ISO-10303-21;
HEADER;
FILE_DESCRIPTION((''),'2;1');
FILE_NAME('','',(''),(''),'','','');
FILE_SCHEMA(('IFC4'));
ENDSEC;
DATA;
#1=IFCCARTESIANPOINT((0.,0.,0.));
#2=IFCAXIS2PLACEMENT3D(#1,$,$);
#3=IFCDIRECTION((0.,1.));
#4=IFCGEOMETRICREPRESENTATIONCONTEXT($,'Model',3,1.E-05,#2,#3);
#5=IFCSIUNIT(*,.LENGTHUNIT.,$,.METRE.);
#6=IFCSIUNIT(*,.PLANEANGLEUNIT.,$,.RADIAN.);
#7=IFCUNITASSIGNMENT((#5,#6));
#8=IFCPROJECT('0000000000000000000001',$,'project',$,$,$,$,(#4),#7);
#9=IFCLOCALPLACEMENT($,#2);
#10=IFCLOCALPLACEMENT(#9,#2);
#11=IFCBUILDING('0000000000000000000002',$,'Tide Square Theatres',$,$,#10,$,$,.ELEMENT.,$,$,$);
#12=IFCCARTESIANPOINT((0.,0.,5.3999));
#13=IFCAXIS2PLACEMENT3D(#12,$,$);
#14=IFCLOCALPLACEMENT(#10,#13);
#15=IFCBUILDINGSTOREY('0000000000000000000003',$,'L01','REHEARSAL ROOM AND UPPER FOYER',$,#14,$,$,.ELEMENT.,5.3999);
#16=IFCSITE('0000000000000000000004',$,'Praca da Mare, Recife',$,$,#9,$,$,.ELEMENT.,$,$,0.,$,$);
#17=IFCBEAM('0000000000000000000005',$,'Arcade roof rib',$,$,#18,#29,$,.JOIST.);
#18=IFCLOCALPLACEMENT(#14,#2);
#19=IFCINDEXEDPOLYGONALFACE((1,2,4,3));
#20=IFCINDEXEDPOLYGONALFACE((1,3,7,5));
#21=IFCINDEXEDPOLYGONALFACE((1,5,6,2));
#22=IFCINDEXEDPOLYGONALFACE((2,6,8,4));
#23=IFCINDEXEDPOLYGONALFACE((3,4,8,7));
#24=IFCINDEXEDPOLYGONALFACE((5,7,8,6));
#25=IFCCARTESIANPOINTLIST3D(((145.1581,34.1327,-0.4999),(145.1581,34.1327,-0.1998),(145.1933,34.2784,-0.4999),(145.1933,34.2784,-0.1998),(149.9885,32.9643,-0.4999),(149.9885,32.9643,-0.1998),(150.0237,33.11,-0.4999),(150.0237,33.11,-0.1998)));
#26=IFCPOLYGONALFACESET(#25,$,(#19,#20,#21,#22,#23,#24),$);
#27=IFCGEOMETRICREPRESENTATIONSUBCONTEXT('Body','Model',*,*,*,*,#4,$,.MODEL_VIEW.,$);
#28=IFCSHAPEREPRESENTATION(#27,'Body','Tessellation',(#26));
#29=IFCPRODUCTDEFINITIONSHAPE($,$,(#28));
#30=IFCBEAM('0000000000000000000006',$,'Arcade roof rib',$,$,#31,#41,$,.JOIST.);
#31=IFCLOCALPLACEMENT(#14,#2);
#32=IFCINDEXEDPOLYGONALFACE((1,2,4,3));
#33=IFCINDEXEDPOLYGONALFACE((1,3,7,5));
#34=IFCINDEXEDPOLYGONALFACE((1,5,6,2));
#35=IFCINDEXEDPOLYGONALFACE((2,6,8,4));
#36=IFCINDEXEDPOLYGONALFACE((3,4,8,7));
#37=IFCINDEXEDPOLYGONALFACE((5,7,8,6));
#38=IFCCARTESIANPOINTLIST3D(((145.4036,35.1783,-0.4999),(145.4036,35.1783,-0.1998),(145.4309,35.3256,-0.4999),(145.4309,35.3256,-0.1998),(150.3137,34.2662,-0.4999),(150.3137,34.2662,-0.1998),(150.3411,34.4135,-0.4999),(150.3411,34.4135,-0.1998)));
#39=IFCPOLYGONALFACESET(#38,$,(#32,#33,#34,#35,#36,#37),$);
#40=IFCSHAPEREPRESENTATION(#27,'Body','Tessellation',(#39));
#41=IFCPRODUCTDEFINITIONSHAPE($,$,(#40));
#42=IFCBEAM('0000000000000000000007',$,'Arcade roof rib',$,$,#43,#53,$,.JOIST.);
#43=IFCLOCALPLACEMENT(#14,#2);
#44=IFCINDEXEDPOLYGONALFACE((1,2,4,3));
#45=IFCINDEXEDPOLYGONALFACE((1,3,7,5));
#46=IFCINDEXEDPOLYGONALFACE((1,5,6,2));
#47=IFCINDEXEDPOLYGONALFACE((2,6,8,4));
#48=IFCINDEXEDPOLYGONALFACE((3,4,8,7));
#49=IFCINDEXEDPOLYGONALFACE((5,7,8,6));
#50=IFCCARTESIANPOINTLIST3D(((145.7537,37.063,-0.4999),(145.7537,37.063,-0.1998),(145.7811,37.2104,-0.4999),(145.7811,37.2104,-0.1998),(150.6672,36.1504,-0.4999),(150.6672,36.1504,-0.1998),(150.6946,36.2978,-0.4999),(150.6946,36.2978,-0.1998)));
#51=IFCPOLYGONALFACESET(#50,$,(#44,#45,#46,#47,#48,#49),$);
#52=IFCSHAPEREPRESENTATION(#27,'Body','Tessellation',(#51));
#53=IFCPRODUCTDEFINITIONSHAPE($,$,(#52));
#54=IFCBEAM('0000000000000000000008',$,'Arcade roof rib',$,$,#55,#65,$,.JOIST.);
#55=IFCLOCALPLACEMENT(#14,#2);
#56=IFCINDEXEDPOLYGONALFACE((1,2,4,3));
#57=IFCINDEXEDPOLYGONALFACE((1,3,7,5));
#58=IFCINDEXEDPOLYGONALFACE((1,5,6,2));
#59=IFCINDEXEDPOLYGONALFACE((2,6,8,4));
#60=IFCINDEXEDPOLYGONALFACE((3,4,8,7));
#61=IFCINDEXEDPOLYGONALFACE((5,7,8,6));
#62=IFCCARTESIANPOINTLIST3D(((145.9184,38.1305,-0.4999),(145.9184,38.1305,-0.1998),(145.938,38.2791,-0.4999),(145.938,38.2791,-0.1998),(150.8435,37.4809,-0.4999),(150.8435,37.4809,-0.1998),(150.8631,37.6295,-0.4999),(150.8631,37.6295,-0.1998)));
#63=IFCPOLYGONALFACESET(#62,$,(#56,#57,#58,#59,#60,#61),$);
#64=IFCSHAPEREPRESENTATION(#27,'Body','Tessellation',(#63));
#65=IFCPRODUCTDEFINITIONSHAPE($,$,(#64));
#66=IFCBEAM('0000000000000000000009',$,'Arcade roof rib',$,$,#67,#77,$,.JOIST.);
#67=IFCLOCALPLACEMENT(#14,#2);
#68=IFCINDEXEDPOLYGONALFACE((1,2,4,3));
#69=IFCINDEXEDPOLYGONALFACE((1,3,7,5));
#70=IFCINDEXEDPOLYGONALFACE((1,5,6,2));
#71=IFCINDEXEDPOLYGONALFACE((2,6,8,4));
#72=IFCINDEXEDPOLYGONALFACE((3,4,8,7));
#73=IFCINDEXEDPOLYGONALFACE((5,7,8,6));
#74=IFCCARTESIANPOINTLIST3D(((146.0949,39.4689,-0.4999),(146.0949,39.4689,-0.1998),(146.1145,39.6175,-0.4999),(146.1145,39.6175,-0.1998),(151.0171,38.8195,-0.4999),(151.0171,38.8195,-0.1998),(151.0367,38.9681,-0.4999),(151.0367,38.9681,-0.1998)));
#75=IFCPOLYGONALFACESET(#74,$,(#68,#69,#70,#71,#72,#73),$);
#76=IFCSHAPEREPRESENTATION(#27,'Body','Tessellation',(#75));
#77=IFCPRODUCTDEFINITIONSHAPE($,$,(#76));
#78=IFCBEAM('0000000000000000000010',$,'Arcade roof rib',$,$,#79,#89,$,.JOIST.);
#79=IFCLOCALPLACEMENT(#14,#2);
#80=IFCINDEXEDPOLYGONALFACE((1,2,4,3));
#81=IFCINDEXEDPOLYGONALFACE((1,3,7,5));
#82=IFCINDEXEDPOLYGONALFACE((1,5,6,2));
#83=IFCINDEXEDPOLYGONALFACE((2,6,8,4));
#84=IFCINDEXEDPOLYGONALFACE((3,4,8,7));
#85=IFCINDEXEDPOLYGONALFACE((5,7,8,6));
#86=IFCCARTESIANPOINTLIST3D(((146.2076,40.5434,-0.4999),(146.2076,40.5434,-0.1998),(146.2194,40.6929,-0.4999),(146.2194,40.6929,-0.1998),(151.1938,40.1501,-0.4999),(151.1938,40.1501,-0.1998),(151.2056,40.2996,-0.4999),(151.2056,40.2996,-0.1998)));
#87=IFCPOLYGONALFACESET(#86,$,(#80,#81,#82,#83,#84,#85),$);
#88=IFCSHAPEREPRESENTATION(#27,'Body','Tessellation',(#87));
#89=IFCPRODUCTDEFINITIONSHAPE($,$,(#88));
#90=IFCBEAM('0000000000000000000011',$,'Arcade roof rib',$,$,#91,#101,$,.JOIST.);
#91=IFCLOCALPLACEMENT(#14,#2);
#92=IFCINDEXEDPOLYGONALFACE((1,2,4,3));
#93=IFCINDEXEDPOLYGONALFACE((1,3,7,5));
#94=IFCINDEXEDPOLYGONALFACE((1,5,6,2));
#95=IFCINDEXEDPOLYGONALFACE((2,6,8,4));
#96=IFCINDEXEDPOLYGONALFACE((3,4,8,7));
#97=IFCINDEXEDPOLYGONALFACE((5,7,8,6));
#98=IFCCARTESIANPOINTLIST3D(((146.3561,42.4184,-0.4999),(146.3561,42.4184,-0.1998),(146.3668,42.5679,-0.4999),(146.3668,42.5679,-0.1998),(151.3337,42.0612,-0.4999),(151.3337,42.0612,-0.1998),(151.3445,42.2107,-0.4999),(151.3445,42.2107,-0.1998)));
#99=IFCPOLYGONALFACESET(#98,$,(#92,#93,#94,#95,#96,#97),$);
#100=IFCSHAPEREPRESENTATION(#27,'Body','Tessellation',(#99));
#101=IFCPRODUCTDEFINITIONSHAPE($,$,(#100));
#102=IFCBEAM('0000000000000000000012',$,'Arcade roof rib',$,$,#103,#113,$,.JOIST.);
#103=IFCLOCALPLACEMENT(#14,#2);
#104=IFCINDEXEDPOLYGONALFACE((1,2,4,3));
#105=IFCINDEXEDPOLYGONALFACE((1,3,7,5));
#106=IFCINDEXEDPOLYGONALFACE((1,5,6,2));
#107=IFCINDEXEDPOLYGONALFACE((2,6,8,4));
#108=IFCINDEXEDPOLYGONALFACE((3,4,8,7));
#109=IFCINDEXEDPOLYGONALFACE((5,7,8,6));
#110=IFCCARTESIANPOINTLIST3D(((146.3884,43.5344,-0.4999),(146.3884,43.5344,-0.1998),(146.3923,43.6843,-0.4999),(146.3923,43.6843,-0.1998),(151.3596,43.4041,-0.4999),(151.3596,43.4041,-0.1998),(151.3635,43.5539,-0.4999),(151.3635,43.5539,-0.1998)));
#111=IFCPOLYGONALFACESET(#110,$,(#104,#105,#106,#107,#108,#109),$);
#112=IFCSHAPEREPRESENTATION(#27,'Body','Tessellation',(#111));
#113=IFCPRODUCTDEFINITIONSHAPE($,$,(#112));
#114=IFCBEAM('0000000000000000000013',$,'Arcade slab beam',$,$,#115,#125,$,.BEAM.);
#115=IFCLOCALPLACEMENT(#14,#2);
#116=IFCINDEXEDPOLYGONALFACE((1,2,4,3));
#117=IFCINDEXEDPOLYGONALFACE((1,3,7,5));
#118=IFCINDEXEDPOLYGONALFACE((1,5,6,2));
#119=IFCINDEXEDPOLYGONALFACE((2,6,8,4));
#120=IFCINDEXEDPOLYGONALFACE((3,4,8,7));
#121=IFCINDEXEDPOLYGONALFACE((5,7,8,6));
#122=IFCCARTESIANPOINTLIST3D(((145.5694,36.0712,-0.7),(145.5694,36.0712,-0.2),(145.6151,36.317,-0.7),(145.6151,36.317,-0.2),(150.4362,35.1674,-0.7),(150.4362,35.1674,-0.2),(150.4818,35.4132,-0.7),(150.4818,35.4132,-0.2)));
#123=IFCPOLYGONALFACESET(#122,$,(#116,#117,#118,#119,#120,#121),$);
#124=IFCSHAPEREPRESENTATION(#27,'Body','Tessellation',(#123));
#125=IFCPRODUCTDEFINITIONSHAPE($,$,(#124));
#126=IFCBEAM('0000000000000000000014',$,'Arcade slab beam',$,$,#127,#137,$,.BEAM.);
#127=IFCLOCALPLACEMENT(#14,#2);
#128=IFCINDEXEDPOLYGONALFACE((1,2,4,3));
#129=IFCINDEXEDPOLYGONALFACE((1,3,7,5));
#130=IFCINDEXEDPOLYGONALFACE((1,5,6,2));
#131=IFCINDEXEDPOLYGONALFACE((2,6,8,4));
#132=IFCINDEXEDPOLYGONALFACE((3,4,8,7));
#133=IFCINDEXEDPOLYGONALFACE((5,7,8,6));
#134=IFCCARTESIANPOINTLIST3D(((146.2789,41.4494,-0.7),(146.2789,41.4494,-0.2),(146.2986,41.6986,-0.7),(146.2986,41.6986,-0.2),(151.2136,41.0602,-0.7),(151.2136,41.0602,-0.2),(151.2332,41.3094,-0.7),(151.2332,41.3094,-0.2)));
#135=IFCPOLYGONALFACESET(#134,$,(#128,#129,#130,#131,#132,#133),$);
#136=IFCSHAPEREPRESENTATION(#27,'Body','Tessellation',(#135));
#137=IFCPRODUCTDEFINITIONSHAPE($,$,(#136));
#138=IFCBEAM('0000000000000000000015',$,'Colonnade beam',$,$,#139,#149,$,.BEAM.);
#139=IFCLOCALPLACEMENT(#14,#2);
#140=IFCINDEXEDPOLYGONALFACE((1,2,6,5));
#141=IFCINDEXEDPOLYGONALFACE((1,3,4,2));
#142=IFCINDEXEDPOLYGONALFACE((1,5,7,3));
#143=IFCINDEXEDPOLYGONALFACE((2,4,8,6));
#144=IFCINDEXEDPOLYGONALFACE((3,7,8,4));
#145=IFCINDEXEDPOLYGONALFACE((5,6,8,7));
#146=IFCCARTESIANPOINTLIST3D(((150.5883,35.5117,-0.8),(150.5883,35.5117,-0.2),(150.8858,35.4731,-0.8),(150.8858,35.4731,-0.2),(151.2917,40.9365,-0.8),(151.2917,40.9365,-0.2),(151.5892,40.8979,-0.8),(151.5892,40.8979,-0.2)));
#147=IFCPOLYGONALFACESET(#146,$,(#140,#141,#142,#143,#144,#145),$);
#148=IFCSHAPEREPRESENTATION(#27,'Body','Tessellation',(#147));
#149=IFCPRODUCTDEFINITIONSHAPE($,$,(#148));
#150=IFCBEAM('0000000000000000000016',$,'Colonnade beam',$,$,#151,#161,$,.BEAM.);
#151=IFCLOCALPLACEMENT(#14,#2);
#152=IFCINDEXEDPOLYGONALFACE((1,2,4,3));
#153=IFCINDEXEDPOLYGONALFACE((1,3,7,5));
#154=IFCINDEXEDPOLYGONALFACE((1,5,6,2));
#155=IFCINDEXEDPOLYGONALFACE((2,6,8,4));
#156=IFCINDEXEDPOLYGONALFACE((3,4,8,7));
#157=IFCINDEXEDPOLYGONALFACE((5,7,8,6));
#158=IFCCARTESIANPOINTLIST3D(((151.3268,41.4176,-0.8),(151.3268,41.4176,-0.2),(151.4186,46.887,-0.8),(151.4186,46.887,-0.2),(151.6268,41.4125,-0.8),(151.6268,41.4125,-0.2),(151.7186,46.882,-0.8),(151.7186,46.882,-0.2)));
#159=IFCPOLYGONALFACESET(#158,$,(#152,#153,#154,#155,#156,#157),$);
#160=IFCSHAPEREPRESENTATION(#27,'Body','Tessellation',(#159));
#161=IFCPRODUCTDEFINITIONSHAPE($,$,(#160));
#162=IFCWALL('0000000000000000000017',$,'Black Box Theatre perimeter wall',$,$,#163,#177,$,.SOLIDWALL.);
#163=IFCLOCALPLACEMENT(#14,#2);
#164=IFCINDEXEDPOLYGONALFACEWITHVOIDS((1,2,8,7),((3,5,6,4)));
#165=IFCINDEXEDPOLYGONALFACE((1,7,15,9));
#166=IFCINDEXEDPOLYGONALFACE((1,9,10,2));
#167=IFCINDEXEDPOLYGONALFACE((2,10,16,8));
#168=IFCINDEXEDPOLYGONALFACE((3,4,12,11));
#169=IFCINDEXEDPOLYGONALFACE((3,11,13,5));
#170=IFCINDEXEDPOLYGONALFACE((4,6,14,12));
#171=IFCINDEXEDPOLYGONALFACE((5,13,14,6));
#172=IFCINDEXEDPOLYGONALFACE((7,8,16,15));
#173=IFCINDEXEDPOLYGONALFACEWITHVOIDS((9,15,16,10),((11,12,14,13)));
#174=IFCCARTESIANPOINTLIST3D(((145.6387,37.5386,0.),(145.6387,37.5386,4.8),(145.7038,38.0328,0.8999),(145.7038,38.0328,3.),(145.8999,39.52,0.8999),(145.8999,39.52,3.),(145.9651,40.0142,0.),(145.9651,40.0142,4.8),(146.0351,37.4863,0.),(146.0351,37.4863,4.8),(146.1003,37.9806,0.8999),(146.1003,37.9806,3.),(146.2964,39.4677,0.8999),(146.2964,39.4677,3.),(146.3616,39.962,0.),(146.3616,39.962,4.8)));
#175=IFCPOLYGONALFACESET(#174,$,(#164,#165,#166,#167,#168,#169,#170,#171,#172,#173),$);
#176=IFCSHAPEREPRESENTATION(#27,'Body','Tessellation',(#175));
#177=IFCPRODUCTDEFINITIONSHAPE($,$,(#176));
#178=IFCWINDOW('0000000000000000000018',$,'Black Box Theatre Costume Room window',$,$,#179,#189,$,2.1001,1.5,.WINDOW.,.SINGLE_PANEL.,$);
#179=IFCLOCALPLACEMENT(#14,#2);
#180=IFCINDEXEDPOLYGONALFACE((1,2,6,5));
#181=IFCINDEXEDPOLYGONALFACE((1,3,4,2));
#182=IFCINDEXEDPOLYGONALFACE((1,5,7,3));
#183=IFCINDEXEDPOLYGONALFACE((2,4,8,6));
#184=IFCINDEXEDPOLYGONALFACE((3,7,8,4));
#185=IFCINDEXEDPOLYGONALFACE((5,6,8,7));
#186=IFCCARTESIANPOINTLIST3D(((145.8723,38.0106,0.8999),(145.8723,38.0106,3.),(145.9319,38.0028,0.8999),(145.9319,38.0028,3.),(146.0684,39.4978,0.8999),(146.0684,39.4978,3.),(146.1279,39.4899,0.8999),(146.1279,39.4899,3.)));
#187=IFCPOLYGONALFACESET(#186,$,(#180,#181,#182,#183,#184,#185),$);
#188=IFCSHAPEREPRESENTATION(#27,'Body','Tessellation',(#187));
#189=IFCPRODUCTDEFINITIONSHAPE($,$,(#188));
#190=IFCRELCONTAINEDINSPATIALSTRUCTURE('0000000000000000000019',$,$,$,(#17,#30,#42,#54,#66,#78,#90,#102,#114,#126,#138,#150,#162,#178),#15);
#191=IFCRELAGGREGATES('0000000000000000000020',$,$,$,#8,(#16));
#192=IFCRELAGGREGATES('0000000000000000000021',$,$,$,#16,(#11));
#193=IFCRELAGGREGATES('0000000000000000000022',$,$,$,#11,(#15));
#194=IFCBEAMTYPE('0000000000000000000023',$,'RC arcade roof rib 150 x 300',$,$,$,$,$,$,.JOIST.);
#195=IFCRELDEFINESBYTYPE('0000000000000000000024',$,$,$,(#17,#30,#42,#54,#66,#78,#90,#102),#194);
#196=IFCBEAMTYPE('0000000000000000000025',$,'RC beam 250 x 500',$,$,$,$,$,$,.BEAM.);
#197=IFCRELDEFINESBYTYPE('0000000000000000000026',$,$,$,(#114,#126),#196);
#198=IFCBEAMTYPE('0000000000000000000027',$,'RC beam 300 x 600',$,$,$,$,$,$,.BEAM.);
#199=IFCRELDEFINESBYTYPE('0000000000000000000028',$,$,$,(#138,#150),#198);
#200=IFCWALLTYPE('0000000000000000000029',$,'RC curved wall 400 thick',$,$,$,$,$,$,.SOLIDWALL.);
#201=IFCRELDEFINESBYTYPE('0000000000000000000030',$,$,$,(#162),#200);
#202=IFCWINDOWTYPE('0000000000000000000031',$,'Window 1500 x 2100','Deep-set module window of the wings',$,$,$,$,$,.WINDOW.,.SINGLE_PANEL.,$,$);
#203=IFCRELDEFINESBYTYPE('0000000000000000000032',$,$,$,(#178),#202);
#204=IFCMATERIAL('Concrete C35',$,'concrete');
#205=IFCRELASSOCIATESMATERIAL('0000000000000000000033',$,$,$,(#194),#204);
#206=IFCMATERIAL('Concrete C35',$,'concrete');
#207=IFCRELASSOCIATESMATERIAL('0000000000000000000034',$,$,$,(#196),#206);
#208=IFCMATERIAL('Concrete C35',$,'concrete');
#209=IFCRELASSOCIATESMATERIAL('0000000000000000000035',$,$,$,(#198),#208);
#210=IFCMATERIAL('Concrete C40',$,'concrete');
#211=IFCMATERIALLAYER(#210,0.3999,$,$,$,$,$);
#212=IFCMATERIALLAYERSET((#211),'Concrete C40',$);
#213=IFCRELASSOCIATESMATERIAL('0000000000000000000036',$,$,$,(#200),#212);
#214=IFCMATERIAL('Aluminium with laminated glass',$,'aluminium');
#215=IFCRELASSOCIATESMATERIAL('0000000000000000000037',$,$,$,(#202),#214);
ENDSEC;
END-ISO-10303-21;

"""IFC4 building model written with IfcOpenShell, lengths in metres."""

from ifc_helpers import new_model, si_unit, direction, frame, frame_2d, origin, origin_2d, place, context, subcontext, project, spatial, rectangle, extrude, material, layer, layer_set, material_profile, profile_set, type_object, element, fill, save


model = new_model("IFC4")

# Units and contexts
model_context = context("Model", 3, precision=1e-05, world=origin(), true_north=direction((0.0, 1.0)))
body_context = subcontext(model_context, "Body", "Model", "MODEL_VIEW")
ifc_project = project(units=[si_unit("LENGTHUNIT", "METRE"), si_unit("PLANEANGLEUNIT", "RADIAN")], contexts=[model_context])

# Site, building, storey
site_placement = place(None, origin())
site = spatial("IfcSite", under=ifc_project, at=site_placement, Name="Praca da Mare, Recife", CompositionType="ELEMENT", RefElevation=0.0)
building_placement = place(site_placement, origin())
building = spatial("IfcBuilding", under=site, at=building_placement, Name="Tide Square Theatres", CompositionType="ELEMENT")
storey_placement = place(building_placement, frame((0.0, 0.0, 5.3999)))
storey = spatial("IfcBuildingStorey", under=building, at=storey_placement, Name="L01", Description="REHEARSAL ROOM AND UPPER FOYER", CompositionType="ELEMENT", Elevation=5.3999)

# Beams
ifc_material_1 = material(Name="Concrete C35", Category="concrete")
ifc_material_profile_1 = material_profile(ifc_material_1, rectangle(XDim=0.1499, YDim=0.3, at=origin_2d()))
ifc_profile_set_1 = profile_set([ifc_material_profile_1], Name="Concrete C35")
beam_type_1 = type_object("IfcBeamType", Name="RC arcade roof rib 150 x 300", PredefinedType="JOIST", material=ifc_profile_set_1)
beam_1_placement = place(storey_placement, frame((150.0061, 33.0371, -0.3499), z_axis=(-0.971967, 0.235119, 0.0), x_axis=(-0.235119, -0.971967, 0.0)))
element("IfcBeam", 1, at=beam_1_placement, inside=storey, type_object=beam_type_1, Name="Arcade roof rib", PredefinedType="JOIST", context=body_context, shape_type="SweptSolid", body=[
    extrude(rectangle(XDim=0.1499, YDim=0.3, at=origin_2d()), origin(), (0.0, 0.0, 1.0), 4.9697),
])
beam_2_placement = place(storey_placement, frame((150.3274, 34.3398, -0.3499), z_axis=(-0.983181, 0.182635, 0.0), x_axis=(-0.182635, -0.983181, 0.0)))
element("IfcBeam", 2, at=beam_2_placement, inside=storey, type_object=beam_type_1, Name="Arcade roof rib", PredefinedType="JOIST", context=body_context, shape_type="SweptSolid", body=[
    extrude(rectangle(XDim=0.1499, YDim=0.3, at=origin_2d()), origin(), (0.0, 0.0, 1.0), 4.9941),
])
beam_3_placement = place(storey_placement, frame((150.6809, 36.2241, -0.3499), z_axis=(-0.983186, 0.182607, 0.0), x_axis=(-0.182607, -0.983186, 0.0)))
element("IfcBeam", 3, at=beam_3_placement, inside=storey, type_object=beam_type_1, Name="Arcade roof rib", PredefinedType="JOIST", context=body_context, shape_type="SweptSolid", body=[
    extrude(rectangle(XDim=0.1499, YDim=0.3, at=origin_2d()), origin(), (0.0, 0.0, 1.0), 4.9976),
])
beam_4_placement = place(storey_placement, frame((150.8533, 37.5552, -0.3499), z_axis=(-0.991412, 0.130776, 0.0), x_axis=(-0.130776, -0.991412, 0.0)))
element("IfcBeam", 4, at=beam_4_placement, inside=storey, type_object=beam_type_1, Name="Arcade roof rib", PredefinedType="JOIST", context=body_context, shape_type="SweptSolid", body=[
    extrude(rectangle(XDim=0.1499, YDim=0.3, at=origin_2d()), origin(), (0.0, 0.0, 1.0), 4.9678),
])
beam_5_placement = place(storey_placement, frame((151.0269, 38.8938, -0.3499), z_axis=(-0.991408, 0.130804, 0.0), x_axis=(-0.130804, -0.991408, 0.0)))
element("IfcBeam", 5, at=beam_5_placement, inside=storey, type_object=beam_type_1, Name="Arcade roof rib", PredefinedType="JOIST", context=body_context, shape_type="SweptSolid", body=[
    extrude(rectangle(XDim=0.1499, YDim=0.3, at=origin_2d()), origin(), (0.0, 0.0, 1.0), 4.9648),
])
beam_6_placement = place(storey_placement, frame((151.1997, 40.2249, -0.3499), z_axis=(-0.996904, 0.078634, 0.0), x_axis=(-0.078634, -0.996904, 0.0)))
element("IfcBeam", 6, at=beam_6_placement, inside=storey, type_object=beam_type_1, Name="Arcade roof rib", PredefinedType="JOIST", context=body_context, shape_type="SweptSolid", body=[
    extrude(rectangle(XDim=0.1499, YDim=0.3, at=origin_2d()), origin(), (0.0, 0.0, 1.0), 5.0017),
])
beam_7_placement = place(storey_placement, frame((151.3391, 42.136, -0.3499), z_axis=(-0.997436, 0.07157, 0.0), x_axis=(-0.07157, -0.997436, 0.0)))
element("IfcBeam", 7, at=beam_7_placement, inside=storey, type_object=beam_type_1, Name="Arcade roof rib", PredefinedType="JOIST", context=body_context, shape_type="SweptSolid", body=[
    extrude(rectangle(XDim=0.1499, YDim=0.3, at=origin_2d()), origin(), (0.0, 0.0, 1.0), 4.9905),
])
beam_8_placement = place(storey_placement, frame((151.3616, 43.479, -0.3499), z_axis=(-0.999656, 0.026216, 0.0), x_axis=(-0.026216, -0.999656, 0.0)))
element("IfcBeam", 8, at=beam_8_placement, inside=storey, type_object=beam_type_1, Name="Arcade roof rib", PredefinedType="JOIST", context=body_context, shape_type="SweptSolid", body=[
    extrude(rectangle(XDim=0.1499, YDim=0.3, at=origin_2d()), origin(), (0.0, 0.0, 1.0), 4.9729),
])
ifc_material_2 = material(Name="Concrete C35", Category="concrete")
ifc_material_profile_2 = material_profile(ifc_material_2, rectangle(XDim=0.25, YDim=0.5, at=origin_2d()))
ifc_profile_set_2 = profile_set([ifc_material_profile_2], Name="Concrete C35")
beam_type_2 = type_object("IfcBeamType", Name="RC beam 250 x 500", PredefinedType="BEAM", material=ifc_profile_set_2)
for number, where, z_axis, x_axis, name in (
    (9, (150.459, 35.2903, -0.45), (-0.983189, 0.182591, 0.0), (-0.182591, -0.983189, 0.0), "Arcade slab beam"),
    (10, (151.2234, 41.1848, -0.45), (-0.996905, 0.07862, 0.0), (-0.07862, -0.996905, 0.0), "Arcade slab beam"),
):
    element("IfcBeam", number, at=place(storey_placement, frame(where, z_axis=z_axis, x_axis=x_axis)), inside=storey, type_object=beam_type_2, Name=name, PredefinedType="BEAM", context=body_context, shape_type="SweptSolid", body=[
        extrude(rectangle(XDim=0.25, YDim=0.5, at=origin_2d()), origin(), (0.0, 0.0, 1.0), 4.95),
    ])
ifc_material_3 = material(Name="Concrete C35", Category="concrete")
ifc_material_profile_3 = material_profile(ifc_material_3, rectangle(XDim=0.3, YDim=0.6001, at=origin_2d()))
ifc_profile_set_3 = profile_set([ifc_material_profile_3], Name="Concrete C35")
beam_type_3 = type_object("IfcBeamType", Name="RC beam 300 x 600", PredefinedType="BEAM", material=ifc_profile_set_3)
for number, where, z_axis, x_axis, name in (
    (11, (150.7371, 35.4924, -0.5), (0.128582, 0.991699, 0.0), (-0.991699, 0.128582, 0.0), "Colonnade beam"),
    (12, (151.4768, 41.415, -0.5), (0.016781, 0.999859, 0.0), (-0.999859, 0.016781, 0.0), "Colonnade beam"),
):
    element("IfcBeam", number, at=place(storey_placement, frame(where, z_axis=z_axis, x_axis=x_axis)), inside=storey, type_object=beam_type_3, Name=name, PredefinedType="BEAM", context=body_context, shape_type="SweptSolid", body=[
        extrude(rectangle(XDim=0.3, YDim=0.6001, at=origin_2d()), origin(), (0.0, 0.0, 1.0), 5.4702),
    ])

# Wall, opening, window
ifc_material_4 = material(Name="Concrete C40", Category="concrete")
ifc_layer_1 = layer(ifc_material_4, 0.3999)
ifc_layer_set_1 = layer_set([ifc_layer_1], Name="Concrete C40")
wall_type_1 = type_object("IfcWallType", Name="RC curved wall 400 thick", PredefinedType="SOLIDWALL", material=ifc_layer_set_1)
wall_1_placement = place(storey_placement, frame((145.8369, 37.5125, 0.0), z_axis=(0.0, 0.0, 1.0), x_axis=(0.130723, 0.991419, 0.0)))
wall_1 = element("IfcWall", 13, at=wall_1_placement, inside=storey, type_object=wall_type_1, Name="Black Box Theatre perimeter wall", PredefinedType="SOLIDWALL", context=body_context, shape_type="SweptSolid", body=[
    extrude(rectangle(XDim=2.4971, YDim=0.3999, at=frame_2d((1.2485, 0.0))), origin(), (0.0, 0.0, 1.0), 4.8),
])
opening_1_placement = place(wall_1_placement, frame((0.4985, 0.0, 0.8999)))
opening_1 = element("IfcOpeningElement", 14, at=opening_1_placement, cuts=wall_1, PredefinedType="OPENING", context=body_context, shape_type="SweptSolid", body=[
    extrude(rectangle(XDim=1.5, YDim=2.1001, at=frame_2d((0.75, 1.05))), frame((0.0, 0.21, 0.0), z_axis=(0.0, -1.0, 0.0), x_axis=(1.0, 0.0, 0.0)), (0.0, 0.0, 1.0), 0.4199),
])
ifc_material_5 = material(Name="Aluminium with laminated glass", Category="aluminium")
window_type_1 = type_object("IfcWindowType", Name="Window 1500 x 2100", Description="Deep-set module window of the wings", PartitioningType="SINGLE_PANEL", PredefinedType="WINDOW", material=ifc_material_5)
window_1_placement = place(opening_1_placement, origin())
window_1 = element("IfcWindow", 15, at=window_1_placement, inside=storey, type_object=window_type_1, Name="Black Box Theatre Costume Room window", OverallHeight=2.1001, OverallWidth=1.5, PartitioningType="SINGLE_PANEL", PredefinedType="WINDOW", context=body_context, shape_type="SweptSolid", body=[
    extrude(rectangle(XDim=1.5, YDim=2.1001, at=frame_2d((0.75, 1.05))), frame((0.0, 0.03, 0.0), z_axis=(0.0, -1.0, 0.0), x_axis=(1.0, 0.0, 0.0)), (0.0, 0.0, 1.0), 0.0601),
])
fill(opening_1, window_1)

save(model, "model.ifc")
